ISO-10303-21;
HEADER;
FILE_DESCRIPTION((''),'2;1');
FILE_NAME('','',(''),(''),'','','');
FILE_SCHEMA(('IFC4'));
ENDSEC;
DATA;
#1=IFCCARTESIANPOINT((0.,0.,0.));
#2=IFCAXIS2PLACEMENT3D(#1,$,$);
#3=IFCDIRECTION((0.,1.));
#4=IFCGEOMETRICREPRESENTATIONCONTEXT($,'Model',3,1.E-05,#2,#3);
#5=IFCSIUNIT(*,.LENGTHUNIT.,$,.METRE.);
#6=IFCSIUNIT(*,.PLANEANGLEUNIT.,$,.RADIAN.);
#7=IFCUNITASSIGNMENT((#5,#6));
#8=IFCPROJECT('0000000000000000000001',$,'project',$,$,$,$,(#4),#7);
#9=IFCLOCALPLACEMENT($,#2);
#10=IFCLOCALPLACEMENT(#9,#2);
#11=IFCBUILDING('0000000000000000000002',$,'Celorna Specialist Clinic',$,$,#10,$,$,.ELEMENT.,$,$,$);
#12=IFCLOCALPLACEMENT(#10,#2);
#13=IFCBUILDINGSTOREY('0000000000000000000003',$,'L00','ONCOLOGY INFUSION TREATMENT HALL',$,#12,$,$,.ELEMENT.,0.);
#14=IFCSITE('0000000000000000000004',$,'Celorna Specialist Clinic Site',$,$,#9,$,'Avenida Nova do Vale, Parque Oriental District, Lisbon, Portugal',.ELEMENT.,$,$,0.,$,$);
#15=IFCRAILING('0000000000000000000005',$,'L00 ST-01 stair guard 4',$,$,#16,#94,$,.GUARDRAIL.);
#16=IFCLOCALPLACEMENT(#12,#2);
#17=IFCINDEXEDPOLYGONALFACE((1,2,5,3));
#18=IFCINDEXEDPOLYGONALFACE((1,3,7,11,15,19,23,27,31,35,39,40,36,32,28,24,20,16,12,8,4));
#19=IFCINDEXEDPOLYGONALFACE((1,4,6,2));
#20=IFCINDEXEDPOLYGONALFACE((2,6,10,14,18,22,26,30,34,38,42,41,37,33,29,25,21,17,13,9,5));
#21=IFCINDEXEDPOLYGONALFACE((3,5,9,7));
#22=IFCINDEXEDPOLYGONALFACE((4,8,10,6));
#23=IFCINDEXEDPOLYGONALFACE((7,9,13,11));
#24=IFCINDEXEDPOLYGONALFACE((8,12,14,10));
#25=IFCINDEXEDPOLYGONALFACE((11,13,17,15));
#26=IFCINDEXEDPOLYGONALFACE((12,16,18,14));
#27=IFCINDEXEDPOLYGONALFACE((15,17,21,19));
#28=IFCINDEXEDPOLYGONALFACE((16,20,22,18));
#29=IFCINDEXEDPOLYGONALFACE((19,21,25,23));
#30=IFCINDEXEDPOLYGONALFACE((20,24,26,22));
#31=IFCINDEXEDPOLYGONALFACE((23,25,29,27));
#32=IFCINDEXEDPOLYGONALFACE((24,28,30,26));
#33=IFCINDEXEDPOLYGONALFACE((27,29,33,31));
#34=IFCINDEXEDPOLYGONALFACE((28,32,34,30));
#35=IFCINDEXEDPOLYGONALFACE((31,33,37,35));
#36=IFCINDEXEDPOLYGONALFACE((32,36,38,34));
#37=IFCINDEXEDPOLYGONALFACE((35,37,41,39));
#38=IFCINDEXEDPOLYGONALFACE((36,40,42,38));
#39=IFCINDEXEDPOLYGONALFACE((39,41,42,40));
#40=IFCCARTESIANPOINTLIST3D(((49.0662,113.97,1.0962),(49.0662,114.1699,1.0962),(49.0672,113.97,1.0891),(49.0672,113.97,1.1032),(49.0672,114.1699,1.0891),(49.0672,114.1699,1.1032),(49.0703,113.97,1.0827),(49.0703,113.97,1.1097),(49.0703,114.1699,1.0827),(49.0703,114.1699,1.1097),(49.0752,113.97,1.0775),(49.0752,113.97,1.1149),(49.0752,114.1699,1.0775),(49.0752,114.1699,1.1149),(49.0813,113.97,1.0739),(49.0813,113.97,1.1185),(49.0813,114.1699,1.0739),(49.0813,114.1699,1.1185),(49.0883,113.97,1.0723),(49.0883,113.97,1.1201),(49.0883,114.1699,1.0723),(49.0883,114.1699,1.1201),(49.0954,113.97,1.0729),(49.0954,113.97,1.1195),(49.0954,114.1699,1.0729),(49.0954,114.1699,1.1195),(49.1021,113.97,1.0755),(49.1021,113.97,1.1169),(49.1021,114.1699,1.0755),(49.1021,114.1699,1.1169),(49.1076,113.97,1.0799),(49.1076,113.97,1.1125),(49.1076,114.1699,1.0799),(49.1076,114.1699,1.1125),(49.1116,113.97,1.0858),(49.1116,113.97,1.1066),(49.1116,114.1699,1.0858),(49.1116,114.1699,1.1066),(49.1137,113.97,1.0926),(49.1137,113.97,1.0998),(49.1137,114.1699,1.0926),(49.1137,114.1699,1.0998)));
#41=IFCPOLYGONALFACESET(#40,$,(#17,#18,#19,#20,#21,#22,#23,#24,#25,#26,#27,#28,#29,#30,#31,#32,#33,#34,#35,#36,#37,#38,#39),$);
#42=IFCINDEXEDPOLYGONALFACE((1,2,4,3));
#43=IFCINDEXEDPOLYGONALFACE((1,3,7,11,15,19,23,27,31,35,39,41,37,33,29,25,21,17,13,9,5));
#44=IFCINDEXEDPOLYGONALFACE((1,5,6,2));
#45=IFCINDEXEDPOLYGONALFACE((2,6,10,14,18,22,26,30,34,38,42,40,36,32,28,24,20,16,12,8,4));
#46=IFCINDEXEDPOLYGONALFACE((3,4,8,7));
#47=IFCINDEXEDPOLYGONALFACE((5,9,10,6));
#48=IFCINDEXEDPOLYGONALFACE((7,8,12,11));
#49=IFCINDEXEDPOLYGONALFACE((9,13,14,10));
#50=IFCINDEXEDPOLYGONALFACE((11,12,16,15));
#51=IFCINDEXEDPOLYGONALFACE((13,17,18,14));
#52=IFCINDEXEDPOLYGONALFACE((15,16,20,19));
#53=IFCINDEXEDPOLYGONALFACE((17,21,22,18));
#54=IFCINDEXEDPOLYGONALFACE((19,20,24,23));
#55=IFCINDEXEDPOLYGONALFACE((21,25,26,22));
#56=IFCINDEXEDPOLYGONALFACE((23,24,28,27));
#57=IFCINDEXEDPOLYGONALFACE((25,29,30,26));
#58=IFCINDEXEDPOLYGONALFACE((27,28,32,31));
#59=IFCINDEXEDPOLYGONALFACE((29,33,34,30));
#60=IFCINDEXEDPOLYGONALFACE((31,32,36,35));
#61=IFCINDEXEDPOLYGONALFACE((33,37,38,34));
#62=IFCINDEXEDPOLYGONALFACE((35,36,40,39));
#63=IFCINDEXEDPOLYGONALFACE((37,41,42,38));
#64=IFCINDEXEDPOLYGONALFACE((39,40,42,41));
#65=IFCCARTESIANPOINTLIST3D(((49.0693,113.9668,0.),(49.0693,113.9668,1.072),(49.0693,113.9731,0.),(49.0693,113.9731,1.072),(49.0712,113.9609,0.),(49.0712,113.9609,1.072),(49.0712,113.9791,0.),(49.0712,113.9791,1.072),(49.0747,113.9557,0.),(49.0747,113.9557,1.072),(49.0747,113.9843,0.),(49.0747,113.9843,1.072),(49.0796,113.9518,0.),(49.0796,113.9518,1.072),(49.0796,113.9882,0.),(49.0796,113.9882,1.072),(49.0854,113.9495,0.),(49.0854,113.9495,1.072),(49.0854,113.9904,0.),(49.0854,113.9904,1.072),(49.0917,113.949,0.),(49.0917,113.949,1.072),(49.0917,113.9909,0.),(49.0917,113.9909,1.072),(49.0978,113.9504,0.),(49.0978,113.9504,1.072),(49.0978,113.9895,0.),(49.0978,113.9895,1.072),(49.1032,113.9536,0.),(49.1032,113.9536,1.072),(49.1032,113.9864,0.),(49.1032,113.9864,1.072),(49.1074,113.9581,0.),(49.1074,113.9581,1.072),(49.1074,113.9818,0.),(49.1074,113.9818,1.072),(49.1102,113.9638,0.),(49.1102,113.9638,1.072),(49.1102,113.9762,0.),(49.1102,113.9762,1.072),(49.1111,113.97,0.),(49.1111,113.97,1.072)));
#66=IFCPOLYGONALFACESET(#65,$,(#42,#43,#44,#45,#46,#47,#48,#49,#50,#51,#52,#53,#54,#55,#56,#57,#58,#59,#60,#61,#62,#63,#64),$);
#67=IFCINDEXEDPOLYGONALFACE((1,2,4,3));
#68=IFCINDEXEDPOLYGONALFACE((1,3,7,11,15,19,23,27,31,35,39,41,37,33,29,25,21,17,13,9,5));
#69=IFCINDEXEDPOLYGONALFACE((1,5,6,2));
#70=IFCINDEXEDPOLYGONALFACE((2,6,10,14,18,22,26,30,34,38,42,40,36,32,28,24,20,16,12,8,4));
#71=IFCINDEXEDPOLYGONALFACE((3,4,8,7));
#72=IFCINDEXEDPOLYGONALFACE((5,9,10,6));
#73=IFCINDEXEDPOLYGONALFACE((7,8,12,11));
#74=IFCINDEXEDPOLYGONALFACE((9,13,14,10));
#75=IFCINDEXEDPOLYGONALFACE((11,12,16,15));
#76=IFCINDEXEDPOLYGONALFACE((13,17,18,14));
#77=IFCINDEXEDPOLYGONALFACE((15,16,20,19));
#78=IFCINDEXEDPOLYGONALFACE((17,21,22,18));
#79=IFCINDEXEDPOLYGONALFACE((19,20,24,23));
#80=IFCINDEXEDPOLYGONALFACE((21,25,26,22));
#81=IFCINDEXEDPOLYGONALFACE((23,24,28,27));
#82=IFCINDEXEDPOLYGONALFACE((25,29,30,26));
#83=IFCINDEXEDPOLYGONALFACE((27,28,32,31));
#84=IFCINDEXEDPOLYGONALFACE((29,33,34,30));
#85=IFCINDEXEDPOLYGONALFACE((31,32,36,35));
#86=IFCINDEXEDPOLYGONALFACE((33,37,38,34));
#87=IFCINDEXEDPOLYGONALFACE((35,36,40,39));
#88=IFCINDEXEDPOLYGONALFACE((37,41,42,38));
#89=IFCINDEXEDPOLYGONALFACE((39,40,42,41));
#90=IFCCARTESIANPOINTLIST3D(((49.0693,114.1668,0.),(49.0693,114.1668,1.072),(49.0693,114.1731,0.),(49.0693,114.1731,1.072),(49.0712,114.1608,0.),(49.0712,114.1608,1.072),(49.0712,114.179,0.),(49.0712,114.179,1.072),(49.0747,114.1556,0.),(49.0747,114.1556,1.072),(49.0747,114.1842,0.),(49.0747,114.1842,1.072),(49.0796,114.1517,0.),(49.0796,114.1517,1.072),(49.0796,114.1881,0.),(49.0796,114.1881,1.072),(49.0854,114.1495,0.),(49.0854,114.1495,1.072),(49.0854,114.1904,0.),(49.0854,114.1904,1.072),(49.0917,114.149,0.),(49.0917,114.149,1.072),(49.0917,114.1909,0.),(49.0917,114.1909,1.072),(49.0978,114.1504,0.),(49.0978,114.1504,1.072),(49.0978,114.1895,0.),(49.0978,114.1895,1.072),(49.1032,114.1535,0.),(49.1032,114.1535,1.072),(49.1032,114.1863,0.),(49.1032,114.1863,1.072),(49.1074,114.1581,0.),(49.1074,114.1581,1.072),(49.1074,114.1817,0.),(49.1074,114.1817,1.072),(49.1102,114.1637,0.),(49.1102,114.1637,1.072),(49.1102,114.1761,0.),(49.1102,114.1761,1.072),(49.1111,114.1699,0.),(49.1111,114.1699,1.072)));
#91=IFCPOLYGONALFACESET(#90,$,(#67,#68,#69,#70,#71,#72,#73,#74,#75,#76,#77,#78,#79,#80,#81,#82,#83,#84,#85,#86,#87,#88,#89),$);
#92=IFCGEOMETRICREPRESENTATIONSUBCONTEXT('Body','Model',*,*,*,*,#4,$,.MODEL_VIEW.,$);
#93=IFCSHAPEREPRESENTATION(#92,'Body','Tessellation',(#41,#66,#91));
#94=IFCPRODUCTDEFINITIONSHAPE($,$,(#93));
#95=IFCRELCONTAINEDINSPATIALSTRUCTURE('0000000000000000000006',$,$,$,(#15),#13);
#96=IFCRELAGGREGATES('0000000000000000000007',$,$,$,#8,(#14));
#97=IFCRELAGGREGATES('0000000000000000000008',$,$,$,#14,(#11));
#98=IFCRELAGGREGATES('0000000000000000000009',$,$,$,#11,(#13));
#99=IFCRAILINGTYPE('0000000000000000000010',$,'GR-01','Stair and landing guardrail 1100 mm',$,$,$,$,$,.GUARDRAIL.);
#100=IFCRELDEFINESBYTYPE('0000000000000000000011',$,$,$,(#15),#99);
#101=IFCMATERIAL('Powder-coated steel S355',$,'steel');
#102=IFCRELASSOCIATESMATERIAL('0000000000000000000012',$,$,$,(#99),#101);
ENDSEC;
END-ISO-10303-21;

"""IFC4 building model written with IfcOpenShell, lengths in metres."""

from ifc_helpers import new_model, si_unit, direction, frame, origin, origin_2d, place, context, subcontext, project, spatial, circle, extrude, material, type_object, element, save


model = new_model("IFC4")

# Units and contexts
model_context = context("Model", 3, precision=1e-05, world=origin(), true_north=direction((0.0, 1.0)))
body_context = subcontext(model_context, "Body", "Model", "MODEL_VIEW")
ifc_project = project(units=[si_unit("LENGTHUNIT", "METRE"), si_unit("PLANEANGLEUNIT", "RADIAN")], contexts=[model_context])

# Site, building, storey
site_placement = place(None, origin())
site = spatial("IfcSite", under=ifc_project, at=site_placement, Name="Celorna Specialist Clinic Site", LongName="Avenida Nova do Vale, Parque Oriental District, Lisbon, Portugal", CompositionType="ELEMENT", RefElevation=0.0)
building_placement = place(site_placement, origin())
building = spatial("IfcBuilding", under=site, at=building_placement, Name="Celorna Specialist Clinic", CompositionType="ELEMENT")
storey_placement = place(building_placement, origin())
storey = spatial("IfcBuildingStorey", under=building, at=storey_placement, Name="L00", Description="ONCOLOGY INFUSION TREATMENT HALL", CompositionType="ELEMENT", Elevation=0.0)

# Railing
ifc_material_1 = material(Name="Powder-coated steel S355", Category="steel")
railing_type_1 = type_object("IfcRailingType", Name="GR-01", Description="Stair and landing guardrail 1100 mm", PredefinedType="GUARDRAIL", material=ifc_material_1)
railing_1_placement = place(storey_placement, frame((49.0901, 113.97, 0.0)))
element("IfcRailing", 1, at=railing_1_placement, inside=storey, type_object=railing_type_1, Name="L00 ST-01 stair guard 4", PredefinedType="GUARDRAIL", context=body_context, shape_type="SweptSolid", body=[
    extrude(circle(Radius=0.0239, at=origin_2d()), frame((0.0, 0.0, 1.0962), z_axis=(0.0, 1.0, 0.0), x_axis=(-1.0, 0.0, 0.0)), (0.0, 0.0, 1.0), 0.2),
    extrude(circle(Radius=0.021, at=origin_2d()), origin(), (0.0, 0.0, 1.0), 1.072),
    extrude(circle(Radius=0.021, at=origin_2d()), frame((0.0, 0.2, 0.0)), (0.0, 0.0, 1.0), 1.072),
])

save(model, "model.ifc")
